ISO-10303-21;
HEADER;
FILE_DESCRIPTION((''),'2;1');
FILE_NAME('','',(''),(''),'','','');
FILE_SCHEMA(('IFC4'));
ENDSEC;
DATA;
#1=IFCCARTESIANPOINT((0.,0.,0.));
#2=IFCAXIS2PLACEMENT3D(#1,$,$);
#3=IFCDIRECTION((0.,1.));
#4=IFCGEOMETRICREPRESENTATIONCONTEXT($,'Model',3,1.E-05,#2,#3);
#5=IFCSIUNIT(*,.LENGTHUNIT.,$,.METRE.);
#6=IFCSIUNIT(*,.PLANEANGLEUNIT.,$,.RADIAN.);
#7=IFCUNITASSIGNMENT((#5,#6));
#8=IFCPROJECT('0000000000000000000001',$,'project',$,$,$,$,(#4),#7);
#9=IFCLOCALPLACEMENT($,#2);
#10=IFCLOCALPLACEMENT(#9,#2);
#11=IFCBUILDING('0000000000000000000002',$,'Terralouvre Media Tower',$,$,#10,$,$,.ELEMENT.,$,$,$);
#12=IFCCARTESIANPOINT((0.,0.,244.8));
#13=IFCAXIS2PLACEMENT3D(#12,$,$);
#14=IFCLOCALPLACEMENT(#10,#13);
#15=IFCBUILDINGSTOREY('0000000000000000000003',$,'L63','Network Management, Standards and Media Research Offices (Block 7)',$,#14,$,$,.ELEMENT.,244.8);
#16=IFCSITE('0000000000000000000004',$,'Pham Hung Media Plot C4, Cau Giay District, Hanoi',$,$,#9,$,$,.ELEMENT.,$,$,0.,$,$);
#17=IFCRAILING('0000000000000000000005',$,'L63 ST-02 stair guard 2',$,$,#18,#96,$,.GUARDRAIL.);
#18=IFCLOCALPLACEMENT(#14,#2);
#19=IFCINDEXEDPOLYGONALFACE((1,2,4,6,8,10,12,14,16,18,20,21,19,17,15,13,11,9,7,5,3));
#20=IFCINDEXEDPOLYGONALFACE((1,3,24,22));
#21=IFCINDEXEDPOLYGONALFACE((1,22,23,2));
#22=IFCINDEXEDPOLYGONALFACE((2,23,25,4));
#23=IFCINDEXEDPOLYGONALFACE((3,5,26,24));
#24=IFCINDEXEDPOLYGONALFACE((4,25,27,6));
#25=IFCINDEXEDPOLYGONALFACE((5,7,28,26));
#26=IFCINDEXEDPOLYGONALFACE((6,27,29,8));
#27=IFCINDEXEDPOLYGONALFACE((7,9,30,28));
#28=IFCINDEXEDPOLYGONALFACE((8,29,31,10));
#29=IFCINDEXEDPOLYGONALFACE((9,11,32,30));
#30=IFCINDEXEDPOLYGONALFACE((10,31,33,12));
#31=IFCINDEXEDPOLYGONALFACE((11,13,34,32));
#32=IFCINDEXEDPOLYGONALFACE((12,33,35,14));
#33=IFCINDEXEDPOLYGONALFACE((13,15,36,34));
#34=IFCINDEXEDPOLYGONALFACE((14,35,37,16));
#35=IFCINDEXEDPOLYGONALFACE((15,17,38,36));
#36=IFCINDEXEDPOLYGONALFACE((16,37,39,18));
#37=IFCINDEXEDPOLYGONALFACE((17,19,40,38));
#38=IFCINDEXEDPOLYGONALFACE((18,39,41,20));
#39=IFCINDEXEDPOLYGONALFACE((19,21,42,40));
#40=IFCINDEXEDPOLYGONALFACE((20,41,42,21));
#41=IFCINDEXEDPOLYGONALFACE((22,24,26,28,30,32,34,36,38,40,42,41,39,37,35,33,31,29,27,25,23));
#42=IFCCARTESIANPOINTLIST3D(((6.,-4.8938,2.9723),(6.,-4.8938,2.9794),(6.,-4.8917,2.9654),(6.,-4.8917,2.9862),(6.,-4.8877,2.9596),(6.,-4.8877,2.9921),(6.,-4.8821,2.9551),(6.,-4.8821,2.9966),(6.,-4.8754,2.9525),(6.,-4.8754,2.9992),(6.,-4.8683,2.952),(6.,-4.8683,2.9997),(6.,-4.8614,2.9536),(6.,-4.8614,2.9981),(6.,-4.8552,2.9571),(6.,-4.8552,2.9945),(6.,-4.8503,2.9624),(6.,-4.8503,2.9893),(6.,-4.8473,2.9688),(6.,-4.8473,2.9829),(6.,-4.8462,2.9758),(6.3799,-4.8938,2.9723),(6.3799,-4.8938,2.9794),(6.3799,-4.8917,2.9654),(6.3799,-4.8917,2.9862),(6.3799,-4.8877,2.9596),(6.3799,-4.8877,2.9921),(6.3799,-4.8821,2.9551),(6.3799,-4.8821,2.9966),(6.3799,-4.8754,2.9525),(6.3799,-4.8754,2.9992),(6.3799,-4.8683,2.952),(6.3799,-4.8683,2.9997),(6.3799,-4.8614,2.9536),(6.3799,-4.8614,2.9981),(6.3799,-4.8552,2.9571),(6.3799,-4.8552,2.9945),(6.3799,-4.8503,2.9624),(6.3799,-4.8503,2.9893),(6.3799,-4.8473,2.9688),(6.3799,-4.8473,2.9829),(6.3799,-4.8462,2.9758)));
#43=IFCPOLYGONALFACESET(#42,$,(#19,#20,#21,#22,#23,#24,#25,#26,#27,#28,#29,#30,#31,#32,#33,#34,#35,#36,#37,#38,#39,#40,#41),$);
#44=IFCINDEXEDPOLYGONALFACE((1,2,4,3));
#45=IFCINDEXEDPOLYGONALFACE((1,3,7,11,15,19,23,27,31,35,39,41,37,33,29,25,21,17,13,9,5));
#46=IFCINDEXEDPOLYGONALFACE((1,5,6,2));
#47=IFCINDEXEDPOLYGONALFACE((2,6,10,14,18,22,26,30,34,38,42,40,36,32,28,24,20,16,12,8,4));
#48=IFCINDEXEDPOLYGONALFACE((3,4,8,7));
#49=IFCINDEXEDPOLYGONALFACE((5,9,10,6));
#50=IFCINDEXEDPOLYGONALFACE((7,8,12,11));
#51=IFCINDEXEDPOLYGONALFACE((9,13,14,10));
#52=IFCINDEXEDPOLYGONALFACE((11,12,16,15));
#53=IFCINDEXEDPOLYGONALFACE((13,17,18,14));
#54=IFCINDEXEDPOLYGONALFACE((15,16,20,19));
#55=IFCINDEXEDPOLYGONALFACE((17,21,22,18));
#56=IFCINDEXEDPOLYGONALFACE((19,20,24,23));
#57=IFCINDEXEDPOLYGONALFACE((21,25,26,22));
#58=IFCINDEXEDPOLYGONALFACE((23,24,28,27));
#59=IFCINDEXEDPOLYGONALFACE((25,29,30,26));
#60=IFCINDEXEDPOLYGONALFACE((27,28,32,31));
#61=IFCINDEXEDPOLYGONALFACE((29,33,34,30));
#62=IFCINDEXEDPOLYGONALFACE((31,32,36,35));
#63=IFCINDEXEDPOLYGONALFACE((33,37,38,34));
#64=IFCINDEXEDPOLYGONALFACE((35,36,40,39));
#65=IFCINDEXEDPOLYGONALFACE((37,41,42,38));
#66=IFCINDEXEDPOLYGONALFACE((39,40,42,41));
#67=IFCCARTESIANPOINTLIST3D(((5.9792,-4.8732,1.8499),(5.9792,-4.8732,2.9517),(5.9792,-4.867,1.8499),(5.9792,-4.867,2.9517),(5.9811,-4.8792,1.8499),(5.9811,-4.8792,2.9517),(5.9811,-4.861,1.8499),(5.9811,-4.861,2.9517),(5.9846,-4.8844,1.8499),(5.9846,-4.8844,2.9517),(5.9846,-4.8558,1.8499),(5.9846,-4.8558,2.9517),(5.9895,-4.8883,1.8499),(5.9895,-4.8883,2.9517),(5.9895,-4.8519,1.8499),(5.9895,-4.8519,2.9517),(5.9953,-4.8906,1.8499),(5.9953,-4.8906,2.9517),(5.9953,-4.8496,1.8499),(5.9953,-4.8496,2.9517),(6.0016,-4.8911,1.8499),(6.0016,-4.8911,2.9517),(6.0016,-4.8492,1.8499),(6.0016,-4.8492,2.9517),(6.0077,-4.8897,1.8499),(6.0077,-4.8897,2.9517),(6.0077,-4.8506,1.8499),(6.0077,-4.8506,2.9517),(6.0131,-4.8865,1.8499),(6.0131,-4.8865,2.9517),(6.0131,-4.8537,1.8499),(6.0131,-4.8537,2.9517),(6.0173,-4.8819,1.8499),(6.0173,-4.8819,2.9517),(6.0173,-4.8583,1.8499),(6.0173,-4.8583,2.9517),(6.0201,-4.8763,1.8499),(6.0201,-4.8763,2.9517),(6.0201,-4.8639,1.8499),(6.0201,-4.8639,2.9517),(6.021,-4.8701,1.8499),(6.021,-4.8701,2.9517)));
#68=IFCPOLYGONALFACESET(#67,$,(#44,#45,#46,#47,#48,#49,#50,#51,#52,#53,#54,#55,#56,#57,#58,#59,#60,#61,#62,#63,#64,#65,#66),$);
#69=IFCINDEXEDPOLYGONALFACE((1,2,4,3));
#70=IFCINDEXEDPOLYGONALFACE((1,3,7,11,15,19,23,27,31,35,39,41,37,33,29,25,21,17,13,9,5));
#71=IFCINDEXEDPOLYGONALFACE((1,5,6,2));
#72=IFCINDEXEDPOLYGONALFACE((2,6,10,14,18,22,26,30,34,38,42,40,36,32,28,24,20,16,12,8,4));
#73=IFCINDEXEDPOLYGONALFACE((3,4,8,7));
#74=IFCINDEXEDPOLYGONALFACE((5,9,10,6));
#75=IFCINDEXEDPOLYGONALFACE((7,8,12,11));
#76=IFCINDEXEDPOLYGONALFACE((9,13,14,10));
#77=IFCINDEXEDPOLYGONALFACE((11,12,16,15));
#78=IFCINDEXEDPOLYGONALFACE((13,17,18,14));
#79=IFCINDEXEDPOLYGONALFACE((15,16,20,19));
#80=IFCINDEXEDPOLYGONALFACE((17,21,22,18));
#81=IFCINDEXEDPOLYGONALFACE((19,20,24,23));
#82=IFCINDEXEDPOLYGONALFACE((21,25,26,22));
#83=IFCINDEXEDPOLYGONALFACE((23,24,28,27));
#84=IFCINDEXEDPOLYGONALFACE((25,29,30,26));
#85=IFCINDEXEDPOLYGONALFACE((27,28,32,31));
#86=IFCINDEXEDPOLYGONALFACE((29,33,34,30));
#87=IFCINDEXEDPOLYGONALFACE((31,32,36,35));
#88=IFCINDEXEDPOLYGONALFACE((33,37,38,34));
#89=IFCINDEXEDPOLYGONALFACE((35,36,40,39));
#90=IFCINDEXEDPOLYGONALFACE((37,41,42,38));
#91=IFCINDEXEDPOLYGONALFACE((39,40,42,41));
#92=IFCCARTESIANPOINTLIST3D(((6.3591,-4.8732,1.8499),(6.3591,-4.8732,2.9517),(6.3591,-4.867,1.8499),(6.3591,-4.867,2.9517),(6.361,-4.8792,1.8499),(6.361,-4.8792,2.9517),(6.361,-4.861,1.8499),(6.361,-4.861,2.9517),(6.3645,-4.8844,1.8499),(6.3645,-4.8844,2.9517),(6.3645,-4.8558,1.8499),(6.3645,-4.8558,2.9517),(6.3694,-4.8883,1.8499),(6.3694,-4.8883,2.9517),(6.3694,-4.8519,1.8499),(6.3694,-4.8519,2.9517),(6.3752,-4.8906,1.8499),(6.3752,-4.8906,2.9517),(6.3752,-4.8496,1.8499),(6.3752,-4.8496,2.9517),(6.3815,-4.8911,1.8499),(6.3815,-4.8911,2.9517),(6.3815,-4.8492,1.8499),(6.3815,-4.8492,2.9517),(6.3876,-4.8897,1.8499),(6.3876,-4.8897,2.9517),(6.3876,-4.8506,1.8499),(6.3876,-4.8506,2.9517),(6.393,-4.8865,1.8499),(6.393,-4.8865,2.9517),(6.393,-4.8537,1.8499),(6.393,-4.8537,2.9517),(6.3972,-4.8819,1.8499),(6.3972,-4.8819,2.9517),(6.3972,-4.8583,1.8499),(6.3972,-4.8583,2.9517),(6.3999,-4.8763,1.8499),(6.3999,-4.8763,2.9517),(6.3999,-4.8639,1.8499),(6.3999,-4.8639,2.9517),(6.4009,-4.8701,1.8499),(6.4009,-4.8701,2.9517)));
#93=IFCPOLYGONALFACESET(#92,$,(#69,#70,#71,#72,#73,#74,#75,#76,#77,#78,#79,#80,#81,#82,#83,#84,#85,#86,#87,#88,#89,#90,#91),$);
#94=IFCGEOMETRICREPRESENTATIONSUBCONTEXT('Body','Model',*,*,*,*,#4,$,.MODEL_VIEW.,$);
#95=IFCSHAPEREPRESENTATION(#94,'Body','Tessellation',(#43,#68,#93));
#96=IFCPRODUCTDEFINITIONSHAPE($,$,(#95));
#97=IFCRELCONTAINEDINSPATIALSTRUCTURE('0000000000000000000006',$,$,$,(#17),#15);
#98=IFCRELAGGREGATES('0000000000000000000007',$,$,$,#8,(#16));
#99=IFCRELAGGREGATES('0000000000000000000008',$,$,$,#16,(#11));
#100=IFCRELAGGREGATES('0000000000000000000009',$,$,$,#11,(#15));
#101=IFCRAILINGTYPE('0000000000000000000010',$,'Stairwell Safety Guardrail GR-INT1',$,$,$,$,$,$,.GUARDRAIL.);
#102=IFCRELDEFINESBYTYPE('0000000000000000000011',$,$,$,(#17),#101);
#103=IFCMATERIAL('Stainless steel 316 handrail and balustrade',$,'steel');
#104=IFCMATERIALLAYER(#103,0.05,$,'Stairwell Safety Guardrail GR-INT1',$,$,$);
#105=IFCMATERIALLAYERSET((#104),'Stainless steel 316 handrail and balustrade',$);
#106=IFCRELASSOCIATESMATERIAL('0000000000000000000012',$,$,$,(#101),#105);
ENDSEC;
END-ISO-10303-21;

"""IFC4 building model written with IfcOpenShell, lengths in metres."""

from ifc_helpers import new_model, si_unit, direction, frame, origin, origin_2d, place, context, subcontext, project, spatial, circle, extrude, material, layer, layer_set, type_object, element, save


model = new_model("IFC4")

# Units and contexts
model_context = context("Model", 3, precision=1e-05, world=origin(), true_north=direction((0.0, 1.0)))
body_context = subcontext(model_context, "Body", "Model", "MODEL_VIEW")
ifc_project = project(units=[si_unit("LENGTHUNIT", "METRE"), si_unit("PLANEANGLEUNIT", "RADIAN")], contexts=[model_context])

# Site, building, storey
site_placement = place(None, origin())
site = spatial("IfcSite", under=ifc_project, at=site_placement, Name="Pham Hung Media Plot C4, Cau Giay District, Hanoi", CompositionType="ELEMENT", RefElevation=0.0)
building_placement = place(site_placement, origin())
building = spatial("IfcBuilding", under=site, at=building_placement, Name="Terralouvre Media Tower", CompositionType="ELEMENT")
storey_placement = place(building_placement, frame((0.0, 0.0, 244.8)))
storey = spatial("IfcBuildingStorey", under=building, at=storey_placement, Name="L63", Description="Network Management, Standards and Media Research Offices (Block 7)", CompositionType="ELEMENT", Elevation=244.8)

# Railing
ifc_material_1 = material(Name="Stainless steel 316 handrail and balustrade", Category="steel")
ifc_layer_1 = layer(ifc_material_1, 0.05, Name="Stairwell Safety Guardrail GR-INT1")
ifc_layer_set_1 = layer_set([ifc_layer_1], Name="Stainless steel 316 handrail and balustrade")
railing_type_1 = type_object("IfcRailingType", Name="Stairwell Safety Guardrail GR-INT1", PredefinedType="GUARDRAIL", material=ifc_layer_set_1)
railing_1_placement = place(storey_placement, frame((6.0, -4.8701, 1.8499)))
element("IfcRailing", 1, at=railing_1_placement, inside=storey, type_object=railing_type_1, Name="L63 ST-02 stair guard 2", PredefinedType="GUARDRAIL", context=body_context, shape_type="SweptSolid", body=[
    extrude(circle(Radius=0.0239, at=origin_2d()), frame((0.0, 0.0, 1.126), z_axis=(1.0, 0.0, 0.0), x_axis=(0.0, 1.0, 0.0)), (0.0, 0.0, 1.0), 0.3799),
    extrude(circle(Radius=0.021, at=origin_2d()), origin(), (0.0, 0.0, 1.0), 1.1018),
    extrude(circle(Radius=0.021, at=origin_2d()), frame((0.3799, 0.0, 0.0)), (0.0, 0.0, 1.0), 1.1018),
])

save(model, "model.ifc")
